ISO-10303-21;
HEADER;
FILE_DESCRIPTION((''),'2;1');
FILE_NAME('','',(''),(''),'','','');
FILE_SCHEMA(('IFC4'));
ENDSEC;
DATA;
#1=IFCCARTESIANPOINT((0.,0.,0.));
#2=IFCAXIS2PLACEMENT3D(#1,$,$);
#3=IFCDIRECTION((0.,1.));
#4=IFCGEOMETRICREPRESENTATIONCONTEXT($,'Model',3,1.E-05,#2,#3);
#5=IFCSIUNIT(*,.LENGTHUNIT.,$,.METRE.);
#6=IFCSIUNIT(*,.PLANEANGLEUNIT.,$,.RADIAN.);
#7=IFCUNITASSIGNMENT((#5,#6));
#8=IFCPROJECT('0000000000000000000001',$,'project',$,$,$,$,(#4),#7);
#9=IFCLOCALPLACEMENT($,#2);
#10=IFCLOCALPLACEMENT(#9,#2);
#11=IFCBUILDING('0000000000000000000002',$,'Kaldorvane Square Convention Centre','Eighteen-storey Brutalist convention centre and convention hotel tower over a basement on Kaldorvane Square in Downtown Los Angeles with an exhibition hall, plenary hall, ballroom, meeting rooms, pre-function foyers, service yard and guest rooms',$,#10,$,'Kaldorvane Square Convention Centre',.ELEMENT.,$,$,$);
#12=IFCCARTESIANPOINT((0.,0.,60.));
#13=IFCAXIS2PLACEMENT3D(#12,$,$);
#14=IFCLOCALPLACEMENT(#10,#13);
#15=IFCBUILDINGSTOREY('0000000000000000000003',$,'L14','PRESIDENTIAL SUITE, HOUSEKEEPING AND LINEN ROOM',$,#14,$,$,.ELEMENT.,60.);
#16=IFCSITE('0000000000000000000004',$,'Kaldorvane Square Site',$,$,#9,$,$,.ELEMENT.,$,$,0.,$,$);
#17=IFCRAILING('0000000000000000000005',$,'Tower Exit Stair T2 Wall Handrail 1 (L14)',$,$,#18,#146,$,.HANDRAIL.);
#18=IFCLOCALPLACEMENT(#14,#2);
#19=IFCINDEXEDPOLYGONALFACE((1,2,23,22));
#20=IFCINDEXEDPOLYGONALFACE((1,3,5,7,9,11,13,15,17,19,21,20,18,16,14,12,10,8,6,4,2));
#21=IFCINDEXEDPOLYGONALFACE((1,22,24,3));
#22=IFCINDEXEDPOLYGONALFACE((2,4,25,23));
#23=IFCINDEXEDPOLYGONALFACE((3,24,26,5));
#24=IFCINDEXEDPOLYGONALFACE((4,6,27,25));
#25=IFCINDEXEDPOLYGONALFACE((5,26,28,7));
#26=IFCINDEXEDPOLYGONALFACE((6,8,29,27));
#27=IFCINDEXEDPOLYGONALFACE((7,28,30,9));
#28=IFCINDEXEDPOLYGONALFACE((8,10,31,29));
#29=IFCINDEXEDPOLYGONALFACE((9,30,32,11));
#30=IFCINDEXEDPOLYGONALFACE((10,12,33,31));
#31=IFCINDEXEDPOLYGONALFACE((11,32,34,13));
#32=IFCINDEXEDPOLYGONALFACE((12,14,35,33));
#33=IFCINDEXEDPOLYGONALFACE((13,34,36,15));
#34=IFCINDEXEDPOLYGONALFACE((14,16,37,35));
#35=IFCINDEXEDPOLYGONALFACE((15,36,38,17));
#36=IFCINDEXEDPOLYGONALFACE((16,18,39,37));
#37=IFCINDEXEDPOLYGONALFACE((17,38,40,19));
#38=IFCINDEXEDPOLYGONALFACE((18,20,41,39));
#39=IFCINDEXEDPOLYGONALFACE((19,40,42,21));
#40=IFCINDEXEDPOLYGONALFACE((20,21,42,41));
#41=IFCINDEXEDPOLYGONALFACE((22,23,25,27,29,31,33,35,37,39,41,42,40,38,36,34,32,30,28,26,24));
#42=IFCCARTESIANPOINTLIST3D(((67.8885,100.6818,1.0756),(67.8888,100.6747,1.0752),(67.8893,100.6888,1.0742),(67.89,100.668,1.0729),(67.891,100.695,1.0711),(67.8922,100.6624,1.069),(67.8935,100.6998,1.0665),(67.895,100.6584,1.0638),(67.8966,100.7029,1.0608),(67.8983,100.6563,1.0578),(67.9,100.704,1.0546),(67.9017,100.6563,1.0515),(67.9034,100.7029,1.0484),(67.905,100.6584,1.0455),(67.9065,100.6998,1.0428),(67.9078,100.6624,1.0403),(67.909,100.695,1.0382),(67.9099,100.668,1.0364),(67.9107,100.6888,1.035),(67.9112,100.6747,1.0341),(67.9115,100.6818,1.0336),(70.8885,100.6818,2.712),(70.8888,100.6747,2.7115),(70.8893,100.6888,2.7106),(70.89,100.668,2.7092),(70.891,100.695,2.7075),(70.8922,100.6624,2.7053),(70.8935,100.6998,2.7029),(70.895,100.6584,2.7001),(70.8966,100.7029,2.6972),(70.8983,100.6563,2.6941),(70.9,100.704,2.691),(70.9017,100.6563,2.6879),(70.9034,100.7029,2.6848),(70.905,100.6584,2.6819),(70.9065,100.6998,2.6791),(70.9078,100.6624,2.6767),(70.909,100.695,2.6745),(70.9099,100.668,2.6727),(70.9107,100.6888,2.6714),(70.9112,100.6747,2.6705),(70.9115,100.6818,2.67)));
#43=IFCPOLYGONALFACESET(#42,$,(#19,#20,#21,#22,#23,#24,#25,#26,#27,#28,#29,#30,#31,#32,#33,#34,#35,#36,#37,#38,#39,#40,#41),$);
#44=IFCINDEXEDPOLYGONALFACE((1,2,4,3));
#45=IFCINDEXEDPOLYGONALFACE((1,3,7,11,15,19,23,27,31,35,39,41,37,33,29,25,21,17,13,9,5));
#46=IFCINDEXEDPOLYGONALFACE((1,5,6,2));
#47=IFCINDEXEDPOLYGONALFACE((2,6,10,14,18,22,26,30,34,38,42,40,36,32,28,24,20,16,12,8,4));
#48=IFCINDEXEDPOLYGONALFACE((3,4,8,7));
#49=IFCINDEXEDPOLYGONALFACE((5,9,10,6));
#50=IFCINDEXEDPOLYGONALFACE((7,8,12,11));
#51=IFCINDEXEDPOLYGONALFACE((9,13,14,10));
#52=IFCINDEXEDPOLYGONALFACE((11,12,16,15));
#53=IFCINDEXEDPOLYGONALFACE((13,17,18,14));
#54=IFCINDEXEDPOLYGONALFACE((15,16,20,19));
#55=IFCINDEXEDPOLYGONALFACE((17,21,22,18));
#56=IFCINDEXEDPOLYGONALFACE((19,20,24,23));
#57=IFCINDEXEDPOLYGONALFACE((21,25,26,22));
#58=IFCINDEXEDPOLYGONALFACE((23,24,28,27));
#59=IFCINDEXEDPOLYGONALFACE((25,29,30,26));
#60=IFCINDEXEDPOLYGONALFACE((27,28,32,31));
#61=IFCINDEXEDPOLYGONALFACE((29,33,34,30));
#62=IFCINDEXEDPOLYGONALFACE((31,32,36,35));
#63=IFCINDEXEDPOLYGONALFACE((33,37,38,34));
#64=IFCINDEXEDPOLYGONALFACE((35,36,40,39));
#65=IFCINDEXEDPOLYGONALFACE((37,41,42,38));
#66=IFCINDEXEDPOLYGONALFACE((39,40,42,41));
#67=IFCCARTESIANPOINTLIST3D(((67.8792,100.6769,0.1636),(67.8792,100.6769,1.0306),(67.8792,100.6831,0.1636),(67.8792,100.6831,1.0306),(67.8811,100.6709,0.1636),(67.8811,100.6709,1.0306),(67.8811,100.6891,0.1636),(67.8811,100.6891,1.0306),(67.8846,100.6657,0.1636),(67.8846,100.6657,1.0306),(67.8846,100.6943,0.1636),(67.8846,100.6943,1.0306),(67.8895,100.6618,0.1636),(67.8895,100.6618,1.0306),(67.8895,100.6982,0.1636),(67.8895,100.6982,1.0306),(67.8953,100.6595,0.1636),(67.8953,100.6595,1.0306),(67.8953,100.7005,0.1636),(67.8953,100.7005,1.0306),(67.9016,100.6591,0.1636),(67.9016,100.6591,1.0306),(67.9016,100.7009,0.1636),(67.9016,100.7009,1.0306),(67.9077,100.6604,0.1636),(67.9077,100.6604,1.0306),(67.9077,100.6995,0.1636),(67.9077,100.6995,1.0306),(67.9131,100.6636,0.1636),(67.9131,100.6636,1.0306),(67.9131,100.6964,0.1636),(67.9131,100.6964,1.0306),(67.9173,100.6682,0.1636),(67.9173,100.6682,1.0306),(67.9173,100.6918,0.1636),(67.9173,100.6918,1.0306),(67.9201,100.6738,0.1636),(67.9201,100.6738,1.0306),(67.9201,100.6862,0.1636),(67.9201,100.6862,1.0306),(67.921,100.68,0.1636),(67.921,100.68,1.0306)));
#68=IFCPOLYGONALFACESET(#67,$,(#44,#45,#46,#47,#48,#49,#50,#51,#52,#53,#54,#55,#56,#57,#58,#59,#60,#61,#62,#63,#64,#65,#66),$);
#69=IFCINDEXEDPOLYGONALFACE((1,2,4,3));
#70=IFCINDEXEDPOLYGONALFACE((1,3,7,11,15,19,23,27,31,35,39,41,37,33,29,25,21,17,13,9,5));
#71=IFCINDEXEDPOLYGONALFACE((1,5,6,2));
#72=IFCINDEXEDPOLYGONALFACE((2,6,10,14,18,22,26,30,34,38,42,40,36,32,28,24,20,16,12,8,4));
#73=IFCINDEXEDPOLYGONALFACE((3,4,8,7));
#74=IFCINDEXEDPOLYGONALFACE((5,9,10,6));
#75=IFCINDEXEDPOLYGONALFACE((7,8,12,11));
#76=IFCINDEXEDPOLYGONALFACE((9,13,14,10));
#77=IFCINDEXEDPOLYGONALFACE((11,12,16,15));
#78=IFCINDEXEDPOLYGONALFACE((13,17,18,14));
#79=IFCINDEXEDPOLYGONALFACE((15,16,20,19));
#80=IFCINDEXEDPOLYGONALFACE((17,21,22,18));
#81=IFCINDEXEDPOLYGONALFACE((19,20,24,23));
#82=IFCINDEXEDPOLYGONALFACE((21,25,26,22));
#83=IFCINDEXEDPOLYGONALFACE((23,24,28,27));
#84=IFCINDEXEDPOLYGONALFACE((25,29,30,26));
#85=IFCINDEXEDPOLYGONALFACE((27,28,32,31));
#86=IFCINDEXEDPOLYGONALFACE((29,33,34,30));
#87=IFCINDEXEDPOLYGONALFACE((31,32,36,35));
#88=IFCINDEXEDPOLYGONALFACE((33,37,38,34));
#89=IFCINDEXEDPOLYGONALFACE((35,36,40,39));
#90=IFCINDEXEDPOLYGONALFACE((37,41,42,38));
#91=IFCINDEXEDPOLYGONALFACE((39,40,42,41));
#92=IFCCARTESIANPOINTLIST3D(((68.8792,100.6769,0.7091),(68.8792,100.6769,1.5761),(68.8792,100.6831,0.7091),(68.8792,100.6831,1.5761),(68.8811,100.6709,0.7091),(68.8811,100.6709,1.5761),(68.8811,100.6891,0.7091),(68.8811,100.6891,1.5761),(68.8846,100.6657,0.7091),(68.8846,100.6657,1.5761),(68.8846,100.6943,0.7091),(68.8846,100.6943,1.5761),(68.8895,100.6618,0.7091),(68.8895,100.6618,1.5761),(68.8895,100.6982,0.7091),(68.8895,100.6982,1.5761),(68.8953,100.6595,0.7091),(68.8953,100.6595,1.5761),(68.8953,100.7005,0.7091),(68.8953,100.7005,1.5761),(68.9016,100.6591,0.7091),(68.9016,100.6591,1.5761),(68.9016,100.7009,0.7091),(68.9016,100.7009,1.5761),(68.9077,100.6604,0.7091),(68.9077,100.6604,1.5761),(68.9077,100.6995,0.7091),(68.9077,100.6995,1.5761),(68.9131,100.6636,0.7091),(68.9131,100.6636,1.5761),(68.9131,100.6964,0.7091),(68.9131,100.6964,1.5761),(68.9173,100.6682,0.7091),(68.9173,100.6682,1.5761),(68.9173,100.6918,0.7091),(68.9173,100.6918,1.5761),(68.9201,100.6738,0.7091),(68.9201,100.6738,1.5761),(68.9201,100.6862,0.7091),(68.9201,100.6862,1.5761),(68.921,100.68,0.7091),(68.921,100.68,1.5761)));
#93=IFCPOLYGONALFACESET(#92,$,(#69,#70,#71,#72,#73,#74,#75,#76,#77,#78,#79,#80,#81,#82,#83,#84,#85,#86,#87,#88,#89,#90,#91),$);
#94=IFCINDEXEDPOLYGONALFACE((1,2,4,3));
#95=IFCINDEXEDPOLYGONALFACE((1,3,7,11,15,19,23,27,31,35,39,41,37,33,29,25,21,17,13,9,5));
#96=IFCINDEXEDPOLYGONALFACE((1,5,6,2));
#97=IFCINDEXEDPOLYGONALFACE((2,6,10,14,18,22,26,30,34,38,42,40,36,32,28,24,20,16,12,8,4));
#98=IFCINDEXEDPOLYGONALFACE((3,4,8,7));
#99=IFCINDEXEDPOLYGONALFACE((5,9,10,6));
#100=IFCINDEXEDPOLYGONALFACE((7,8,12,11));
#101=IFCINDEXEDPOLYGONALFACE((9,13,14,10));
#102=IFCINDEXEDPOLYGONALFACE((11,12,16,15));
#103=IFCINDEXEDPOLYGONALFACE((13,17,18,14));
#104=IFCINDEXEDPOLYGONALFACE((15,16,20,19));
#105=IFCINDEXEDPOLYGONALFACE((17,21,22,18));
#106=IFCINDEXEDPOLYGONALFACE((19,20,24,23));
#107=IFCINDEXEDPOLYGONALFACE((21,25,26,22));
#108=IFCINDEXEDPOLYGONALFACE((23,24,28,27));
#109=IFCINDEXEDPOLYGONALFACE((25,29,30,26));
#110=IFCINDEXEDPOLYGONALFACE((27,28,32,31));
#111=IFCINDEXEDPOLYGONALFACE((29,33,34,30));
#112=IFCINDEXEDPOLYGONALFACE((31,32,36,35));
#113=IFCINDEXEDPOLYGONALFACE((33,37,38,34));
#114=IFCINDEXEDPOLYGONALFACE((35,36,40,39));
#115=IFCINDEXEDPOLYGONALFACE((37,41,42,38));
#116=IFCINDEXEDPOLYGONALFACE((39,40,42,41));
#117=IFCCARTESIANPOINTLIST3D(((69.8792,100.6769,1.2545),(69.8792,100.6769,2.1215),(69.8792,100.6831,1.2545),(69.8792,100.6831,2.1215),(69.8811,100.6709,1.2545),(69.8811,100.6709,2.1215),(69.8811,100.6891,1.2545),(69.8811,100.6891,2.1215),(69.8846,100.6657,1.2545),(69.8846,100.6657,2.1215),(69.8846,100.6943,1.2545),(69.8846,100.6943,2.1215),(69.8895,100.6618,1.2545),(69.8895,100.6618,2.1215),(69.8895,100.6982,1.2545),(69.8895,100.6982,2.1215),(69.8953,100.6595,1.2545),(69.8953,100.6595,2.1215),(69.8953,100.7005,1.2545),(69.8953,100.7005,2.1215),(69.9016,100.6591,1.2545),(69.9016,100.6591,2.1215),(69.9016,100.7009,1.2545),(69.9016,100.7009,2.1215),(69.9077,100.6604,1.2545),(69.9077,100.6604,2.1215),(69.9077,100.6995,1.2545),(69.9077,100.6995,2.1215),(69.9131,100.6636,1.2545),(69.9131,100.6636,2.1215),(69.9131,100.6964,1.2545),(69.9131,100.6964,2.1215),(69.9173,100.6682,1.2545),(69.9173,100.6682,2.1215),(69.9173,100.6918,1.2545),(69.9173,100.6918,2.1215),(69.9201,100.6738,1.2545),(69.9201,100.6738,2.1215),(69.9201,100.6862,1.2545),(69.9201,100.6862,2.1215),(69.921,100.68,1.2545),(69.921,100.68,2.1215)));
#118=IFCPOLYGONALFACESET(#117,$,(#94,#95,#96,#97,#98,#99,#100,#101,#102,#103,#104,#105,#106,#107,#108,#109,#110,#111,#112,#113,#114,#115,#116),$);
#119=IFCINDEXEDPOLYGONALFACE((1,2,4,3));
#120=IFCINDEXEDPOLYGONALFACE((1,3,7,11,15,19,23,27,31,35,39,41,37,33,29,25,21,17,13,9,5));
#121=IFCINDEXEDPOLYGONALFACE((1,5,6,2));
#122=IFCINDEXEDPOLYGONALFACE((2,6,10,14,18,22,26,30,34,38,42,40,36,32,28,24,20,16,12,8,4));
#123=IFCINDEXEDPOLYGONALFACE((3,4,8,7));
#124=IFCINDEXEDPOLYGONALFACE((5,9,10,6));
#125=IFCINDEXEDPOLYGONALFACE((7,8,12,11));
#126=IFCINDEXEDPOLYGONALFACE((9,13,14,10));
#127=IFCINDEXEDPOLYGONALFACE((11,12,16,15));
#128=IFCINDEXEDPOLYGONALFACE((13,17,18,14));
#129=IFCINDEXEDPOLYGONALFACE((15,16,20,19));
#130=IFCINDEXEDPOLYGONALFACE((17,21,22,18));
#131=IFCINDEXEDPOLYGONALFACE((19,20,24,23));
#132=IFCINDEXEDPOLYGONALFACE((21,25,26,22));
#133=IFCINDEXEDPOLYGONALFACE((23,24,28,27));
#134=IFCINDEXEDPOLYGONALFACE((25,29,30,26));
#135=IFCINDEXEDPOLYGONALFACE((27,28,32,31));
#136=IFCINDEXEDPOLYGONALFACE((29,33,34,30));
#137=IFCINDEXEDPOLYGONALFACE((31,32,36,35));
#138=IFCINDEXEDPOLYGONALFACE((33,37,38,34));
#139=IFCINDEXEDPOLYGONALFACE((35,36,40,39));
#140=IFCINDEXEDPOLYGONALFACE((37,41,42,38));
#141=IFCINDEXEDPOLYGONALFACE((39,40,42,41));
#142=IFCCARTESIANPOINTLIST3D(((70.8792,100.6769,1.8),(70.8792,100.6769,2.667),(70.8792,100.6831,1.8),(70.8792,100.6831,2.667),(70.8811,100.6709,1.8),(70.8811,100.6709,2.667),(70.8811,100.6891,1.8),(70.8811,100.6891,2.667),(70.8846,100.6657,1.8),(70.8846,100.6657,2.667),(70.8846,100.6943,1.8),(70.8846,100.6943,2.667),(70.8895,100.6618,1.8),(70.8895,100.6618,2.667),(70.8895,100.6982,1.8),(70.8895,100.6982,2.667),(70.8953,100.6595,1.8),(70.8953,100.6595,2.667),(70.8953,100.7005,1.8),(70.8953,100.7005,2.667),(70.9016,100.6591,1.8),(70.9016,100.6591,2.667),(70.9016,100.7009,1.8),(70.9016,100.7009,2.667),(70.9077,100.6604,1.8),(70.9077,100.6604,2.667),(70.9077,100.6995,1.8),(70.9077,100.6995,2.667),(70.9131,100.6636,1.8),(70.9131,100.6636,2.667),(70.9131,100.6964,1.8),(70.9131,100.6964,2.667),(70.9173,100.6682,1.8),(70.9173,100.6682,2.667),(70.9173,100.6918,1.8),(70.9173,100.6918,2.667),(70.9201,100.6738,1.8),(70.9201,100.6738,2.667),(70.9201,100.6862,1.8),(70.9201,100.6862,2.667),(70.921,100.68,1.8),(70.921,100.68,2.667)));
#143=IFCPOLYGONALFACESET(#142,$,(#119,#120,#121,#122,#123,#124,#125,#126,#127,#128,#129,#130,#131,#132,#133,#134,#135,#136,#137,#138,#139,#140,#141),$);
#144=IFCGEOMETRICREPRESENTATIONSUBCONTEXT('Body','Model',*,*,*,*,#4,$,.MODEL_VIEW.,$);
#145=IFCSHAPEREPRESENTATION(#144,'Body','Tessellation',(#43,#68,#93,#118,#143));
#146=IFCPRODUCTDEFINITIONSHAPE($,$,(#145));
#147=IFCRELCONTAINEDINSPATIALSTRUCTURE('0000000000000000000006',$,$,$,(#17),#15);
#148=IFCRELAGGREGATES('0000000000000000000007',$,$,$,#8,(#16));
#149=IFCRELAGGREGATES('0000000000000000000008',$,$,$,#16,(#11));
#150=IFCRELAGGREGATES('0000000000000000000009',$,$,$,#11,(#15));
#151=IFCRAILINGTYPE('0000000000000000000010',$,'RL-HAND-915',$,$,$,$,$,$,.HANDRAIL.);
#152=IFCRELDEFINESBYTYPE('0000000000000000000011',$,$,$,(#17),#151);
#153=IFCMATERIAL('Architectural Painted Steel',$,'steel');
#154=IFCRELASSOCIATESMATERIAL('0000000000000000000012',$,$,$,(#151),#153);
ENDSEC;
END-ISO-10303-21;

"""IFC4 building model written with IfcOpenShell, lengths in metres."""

from ifc_helpers import new_model, si_unit, direction, frame, origin, origin_2d, place, context, subcontext, project, spatial, circle, extrude, material, type_object, element, save


model = new_model("IFC4")

# Units and contexts
model_context = context("Model", 3, precision=1e-05, world=origin(), true_north=direction((0.0, 1.0)))
body_context = subcontext(model_context, "Body", "Model", "MODEL_VIEW")
ifc_project = project(units=[si_unit("LENGTHUNIT", "METRE"), si_unit("PLANEANGLEUNIT", "RADIAN")], contexts=[model_context])

# Site, building, storey
site_placement = place(None, origin())
site = spatial("IfcSite", under=ifc_project, at=site_placement, Name="Kaldorvane Square Site", CompositionType="ELEMENT", RefElevation=0.0)
building_placement = place(site_placement, origin())
building = spatial("IfcBuilding", under=site, at=building_placement, Name="Kaldorvane Square Convention Centre", Description="Eighteen-storey Brutalist convention centre and convention hotel tower over a basement on Kaldorvane Square in Downtown Los Angeles with an exhibition hall, plenary hall, ballroom, meeting rooms, pre-function foyers, service yard and guest rooms", LongName="Kaldorvane Square Convention Centre", CompositionType="ELEMENT")
storey_placement = place(building_placement, frame((0.0, 0.0, 60.0)))
storey = spatial("IfcBuildingStorey", under=building, at=storey_placement, Name="L14", Description="PRESIDENTIAL SUITE, HOUSEKEEPING AND LINEN ROOM", CompositionType="ELEMENT", Elevation=60.0)

# Railing
ifc_material_1 = material(Name="Architectural Painted Steel", Category="steel")
railing_type = type_object("IfcRailingType", Name="RL-HAND-915", PredefinedType="HANDRAIL", material=ifc_material_1)
railing_placement = place(storey_placement, frame((67.9, 100.68, 0.1636)))
element("IfcRailing", 1, at=railing_placement, inside=storey, type_object=railing_type, Name="Tower Exit Stair T2 Wall Handrail 1 (L14)", PredefinedType="HANDRAIL", context=body_context, shape_type="SweptSolid", body=[
    extrude(circle(Radius=0.024, at=origin_2d()), frame((0.0, 0.0, 0.891), z_axis=(0.877895, 0.0, 0.478853), x_axis=(0.0, 1.0, 0.0)), (0.0, 0.0, 1.0), 3.4173),
    extrude(circle(Radius=0.021, at=origin_2d()), origin(), (0.0, 0.0, 1.0), 0.867),
    extrude(circle(Radius=0.021, at=origin_2d()), frame((1.0, 0.0, 0.5455)), (0.0, 0.0, 1.0), 0.867),
    extrude(circle(Radius=0.021, at=origin_2d()), frame((2.0, 0.0, 1.0909)), (0.0, 0.0, 1.0), 0.867),
    extrude(circle(Radius=0.021, at=origin_2d()), frame((3.0, 0.0, 1.6364)), (0.0, 0.0, 1.0), 0.867),
])

save(model, "model.ifc")
